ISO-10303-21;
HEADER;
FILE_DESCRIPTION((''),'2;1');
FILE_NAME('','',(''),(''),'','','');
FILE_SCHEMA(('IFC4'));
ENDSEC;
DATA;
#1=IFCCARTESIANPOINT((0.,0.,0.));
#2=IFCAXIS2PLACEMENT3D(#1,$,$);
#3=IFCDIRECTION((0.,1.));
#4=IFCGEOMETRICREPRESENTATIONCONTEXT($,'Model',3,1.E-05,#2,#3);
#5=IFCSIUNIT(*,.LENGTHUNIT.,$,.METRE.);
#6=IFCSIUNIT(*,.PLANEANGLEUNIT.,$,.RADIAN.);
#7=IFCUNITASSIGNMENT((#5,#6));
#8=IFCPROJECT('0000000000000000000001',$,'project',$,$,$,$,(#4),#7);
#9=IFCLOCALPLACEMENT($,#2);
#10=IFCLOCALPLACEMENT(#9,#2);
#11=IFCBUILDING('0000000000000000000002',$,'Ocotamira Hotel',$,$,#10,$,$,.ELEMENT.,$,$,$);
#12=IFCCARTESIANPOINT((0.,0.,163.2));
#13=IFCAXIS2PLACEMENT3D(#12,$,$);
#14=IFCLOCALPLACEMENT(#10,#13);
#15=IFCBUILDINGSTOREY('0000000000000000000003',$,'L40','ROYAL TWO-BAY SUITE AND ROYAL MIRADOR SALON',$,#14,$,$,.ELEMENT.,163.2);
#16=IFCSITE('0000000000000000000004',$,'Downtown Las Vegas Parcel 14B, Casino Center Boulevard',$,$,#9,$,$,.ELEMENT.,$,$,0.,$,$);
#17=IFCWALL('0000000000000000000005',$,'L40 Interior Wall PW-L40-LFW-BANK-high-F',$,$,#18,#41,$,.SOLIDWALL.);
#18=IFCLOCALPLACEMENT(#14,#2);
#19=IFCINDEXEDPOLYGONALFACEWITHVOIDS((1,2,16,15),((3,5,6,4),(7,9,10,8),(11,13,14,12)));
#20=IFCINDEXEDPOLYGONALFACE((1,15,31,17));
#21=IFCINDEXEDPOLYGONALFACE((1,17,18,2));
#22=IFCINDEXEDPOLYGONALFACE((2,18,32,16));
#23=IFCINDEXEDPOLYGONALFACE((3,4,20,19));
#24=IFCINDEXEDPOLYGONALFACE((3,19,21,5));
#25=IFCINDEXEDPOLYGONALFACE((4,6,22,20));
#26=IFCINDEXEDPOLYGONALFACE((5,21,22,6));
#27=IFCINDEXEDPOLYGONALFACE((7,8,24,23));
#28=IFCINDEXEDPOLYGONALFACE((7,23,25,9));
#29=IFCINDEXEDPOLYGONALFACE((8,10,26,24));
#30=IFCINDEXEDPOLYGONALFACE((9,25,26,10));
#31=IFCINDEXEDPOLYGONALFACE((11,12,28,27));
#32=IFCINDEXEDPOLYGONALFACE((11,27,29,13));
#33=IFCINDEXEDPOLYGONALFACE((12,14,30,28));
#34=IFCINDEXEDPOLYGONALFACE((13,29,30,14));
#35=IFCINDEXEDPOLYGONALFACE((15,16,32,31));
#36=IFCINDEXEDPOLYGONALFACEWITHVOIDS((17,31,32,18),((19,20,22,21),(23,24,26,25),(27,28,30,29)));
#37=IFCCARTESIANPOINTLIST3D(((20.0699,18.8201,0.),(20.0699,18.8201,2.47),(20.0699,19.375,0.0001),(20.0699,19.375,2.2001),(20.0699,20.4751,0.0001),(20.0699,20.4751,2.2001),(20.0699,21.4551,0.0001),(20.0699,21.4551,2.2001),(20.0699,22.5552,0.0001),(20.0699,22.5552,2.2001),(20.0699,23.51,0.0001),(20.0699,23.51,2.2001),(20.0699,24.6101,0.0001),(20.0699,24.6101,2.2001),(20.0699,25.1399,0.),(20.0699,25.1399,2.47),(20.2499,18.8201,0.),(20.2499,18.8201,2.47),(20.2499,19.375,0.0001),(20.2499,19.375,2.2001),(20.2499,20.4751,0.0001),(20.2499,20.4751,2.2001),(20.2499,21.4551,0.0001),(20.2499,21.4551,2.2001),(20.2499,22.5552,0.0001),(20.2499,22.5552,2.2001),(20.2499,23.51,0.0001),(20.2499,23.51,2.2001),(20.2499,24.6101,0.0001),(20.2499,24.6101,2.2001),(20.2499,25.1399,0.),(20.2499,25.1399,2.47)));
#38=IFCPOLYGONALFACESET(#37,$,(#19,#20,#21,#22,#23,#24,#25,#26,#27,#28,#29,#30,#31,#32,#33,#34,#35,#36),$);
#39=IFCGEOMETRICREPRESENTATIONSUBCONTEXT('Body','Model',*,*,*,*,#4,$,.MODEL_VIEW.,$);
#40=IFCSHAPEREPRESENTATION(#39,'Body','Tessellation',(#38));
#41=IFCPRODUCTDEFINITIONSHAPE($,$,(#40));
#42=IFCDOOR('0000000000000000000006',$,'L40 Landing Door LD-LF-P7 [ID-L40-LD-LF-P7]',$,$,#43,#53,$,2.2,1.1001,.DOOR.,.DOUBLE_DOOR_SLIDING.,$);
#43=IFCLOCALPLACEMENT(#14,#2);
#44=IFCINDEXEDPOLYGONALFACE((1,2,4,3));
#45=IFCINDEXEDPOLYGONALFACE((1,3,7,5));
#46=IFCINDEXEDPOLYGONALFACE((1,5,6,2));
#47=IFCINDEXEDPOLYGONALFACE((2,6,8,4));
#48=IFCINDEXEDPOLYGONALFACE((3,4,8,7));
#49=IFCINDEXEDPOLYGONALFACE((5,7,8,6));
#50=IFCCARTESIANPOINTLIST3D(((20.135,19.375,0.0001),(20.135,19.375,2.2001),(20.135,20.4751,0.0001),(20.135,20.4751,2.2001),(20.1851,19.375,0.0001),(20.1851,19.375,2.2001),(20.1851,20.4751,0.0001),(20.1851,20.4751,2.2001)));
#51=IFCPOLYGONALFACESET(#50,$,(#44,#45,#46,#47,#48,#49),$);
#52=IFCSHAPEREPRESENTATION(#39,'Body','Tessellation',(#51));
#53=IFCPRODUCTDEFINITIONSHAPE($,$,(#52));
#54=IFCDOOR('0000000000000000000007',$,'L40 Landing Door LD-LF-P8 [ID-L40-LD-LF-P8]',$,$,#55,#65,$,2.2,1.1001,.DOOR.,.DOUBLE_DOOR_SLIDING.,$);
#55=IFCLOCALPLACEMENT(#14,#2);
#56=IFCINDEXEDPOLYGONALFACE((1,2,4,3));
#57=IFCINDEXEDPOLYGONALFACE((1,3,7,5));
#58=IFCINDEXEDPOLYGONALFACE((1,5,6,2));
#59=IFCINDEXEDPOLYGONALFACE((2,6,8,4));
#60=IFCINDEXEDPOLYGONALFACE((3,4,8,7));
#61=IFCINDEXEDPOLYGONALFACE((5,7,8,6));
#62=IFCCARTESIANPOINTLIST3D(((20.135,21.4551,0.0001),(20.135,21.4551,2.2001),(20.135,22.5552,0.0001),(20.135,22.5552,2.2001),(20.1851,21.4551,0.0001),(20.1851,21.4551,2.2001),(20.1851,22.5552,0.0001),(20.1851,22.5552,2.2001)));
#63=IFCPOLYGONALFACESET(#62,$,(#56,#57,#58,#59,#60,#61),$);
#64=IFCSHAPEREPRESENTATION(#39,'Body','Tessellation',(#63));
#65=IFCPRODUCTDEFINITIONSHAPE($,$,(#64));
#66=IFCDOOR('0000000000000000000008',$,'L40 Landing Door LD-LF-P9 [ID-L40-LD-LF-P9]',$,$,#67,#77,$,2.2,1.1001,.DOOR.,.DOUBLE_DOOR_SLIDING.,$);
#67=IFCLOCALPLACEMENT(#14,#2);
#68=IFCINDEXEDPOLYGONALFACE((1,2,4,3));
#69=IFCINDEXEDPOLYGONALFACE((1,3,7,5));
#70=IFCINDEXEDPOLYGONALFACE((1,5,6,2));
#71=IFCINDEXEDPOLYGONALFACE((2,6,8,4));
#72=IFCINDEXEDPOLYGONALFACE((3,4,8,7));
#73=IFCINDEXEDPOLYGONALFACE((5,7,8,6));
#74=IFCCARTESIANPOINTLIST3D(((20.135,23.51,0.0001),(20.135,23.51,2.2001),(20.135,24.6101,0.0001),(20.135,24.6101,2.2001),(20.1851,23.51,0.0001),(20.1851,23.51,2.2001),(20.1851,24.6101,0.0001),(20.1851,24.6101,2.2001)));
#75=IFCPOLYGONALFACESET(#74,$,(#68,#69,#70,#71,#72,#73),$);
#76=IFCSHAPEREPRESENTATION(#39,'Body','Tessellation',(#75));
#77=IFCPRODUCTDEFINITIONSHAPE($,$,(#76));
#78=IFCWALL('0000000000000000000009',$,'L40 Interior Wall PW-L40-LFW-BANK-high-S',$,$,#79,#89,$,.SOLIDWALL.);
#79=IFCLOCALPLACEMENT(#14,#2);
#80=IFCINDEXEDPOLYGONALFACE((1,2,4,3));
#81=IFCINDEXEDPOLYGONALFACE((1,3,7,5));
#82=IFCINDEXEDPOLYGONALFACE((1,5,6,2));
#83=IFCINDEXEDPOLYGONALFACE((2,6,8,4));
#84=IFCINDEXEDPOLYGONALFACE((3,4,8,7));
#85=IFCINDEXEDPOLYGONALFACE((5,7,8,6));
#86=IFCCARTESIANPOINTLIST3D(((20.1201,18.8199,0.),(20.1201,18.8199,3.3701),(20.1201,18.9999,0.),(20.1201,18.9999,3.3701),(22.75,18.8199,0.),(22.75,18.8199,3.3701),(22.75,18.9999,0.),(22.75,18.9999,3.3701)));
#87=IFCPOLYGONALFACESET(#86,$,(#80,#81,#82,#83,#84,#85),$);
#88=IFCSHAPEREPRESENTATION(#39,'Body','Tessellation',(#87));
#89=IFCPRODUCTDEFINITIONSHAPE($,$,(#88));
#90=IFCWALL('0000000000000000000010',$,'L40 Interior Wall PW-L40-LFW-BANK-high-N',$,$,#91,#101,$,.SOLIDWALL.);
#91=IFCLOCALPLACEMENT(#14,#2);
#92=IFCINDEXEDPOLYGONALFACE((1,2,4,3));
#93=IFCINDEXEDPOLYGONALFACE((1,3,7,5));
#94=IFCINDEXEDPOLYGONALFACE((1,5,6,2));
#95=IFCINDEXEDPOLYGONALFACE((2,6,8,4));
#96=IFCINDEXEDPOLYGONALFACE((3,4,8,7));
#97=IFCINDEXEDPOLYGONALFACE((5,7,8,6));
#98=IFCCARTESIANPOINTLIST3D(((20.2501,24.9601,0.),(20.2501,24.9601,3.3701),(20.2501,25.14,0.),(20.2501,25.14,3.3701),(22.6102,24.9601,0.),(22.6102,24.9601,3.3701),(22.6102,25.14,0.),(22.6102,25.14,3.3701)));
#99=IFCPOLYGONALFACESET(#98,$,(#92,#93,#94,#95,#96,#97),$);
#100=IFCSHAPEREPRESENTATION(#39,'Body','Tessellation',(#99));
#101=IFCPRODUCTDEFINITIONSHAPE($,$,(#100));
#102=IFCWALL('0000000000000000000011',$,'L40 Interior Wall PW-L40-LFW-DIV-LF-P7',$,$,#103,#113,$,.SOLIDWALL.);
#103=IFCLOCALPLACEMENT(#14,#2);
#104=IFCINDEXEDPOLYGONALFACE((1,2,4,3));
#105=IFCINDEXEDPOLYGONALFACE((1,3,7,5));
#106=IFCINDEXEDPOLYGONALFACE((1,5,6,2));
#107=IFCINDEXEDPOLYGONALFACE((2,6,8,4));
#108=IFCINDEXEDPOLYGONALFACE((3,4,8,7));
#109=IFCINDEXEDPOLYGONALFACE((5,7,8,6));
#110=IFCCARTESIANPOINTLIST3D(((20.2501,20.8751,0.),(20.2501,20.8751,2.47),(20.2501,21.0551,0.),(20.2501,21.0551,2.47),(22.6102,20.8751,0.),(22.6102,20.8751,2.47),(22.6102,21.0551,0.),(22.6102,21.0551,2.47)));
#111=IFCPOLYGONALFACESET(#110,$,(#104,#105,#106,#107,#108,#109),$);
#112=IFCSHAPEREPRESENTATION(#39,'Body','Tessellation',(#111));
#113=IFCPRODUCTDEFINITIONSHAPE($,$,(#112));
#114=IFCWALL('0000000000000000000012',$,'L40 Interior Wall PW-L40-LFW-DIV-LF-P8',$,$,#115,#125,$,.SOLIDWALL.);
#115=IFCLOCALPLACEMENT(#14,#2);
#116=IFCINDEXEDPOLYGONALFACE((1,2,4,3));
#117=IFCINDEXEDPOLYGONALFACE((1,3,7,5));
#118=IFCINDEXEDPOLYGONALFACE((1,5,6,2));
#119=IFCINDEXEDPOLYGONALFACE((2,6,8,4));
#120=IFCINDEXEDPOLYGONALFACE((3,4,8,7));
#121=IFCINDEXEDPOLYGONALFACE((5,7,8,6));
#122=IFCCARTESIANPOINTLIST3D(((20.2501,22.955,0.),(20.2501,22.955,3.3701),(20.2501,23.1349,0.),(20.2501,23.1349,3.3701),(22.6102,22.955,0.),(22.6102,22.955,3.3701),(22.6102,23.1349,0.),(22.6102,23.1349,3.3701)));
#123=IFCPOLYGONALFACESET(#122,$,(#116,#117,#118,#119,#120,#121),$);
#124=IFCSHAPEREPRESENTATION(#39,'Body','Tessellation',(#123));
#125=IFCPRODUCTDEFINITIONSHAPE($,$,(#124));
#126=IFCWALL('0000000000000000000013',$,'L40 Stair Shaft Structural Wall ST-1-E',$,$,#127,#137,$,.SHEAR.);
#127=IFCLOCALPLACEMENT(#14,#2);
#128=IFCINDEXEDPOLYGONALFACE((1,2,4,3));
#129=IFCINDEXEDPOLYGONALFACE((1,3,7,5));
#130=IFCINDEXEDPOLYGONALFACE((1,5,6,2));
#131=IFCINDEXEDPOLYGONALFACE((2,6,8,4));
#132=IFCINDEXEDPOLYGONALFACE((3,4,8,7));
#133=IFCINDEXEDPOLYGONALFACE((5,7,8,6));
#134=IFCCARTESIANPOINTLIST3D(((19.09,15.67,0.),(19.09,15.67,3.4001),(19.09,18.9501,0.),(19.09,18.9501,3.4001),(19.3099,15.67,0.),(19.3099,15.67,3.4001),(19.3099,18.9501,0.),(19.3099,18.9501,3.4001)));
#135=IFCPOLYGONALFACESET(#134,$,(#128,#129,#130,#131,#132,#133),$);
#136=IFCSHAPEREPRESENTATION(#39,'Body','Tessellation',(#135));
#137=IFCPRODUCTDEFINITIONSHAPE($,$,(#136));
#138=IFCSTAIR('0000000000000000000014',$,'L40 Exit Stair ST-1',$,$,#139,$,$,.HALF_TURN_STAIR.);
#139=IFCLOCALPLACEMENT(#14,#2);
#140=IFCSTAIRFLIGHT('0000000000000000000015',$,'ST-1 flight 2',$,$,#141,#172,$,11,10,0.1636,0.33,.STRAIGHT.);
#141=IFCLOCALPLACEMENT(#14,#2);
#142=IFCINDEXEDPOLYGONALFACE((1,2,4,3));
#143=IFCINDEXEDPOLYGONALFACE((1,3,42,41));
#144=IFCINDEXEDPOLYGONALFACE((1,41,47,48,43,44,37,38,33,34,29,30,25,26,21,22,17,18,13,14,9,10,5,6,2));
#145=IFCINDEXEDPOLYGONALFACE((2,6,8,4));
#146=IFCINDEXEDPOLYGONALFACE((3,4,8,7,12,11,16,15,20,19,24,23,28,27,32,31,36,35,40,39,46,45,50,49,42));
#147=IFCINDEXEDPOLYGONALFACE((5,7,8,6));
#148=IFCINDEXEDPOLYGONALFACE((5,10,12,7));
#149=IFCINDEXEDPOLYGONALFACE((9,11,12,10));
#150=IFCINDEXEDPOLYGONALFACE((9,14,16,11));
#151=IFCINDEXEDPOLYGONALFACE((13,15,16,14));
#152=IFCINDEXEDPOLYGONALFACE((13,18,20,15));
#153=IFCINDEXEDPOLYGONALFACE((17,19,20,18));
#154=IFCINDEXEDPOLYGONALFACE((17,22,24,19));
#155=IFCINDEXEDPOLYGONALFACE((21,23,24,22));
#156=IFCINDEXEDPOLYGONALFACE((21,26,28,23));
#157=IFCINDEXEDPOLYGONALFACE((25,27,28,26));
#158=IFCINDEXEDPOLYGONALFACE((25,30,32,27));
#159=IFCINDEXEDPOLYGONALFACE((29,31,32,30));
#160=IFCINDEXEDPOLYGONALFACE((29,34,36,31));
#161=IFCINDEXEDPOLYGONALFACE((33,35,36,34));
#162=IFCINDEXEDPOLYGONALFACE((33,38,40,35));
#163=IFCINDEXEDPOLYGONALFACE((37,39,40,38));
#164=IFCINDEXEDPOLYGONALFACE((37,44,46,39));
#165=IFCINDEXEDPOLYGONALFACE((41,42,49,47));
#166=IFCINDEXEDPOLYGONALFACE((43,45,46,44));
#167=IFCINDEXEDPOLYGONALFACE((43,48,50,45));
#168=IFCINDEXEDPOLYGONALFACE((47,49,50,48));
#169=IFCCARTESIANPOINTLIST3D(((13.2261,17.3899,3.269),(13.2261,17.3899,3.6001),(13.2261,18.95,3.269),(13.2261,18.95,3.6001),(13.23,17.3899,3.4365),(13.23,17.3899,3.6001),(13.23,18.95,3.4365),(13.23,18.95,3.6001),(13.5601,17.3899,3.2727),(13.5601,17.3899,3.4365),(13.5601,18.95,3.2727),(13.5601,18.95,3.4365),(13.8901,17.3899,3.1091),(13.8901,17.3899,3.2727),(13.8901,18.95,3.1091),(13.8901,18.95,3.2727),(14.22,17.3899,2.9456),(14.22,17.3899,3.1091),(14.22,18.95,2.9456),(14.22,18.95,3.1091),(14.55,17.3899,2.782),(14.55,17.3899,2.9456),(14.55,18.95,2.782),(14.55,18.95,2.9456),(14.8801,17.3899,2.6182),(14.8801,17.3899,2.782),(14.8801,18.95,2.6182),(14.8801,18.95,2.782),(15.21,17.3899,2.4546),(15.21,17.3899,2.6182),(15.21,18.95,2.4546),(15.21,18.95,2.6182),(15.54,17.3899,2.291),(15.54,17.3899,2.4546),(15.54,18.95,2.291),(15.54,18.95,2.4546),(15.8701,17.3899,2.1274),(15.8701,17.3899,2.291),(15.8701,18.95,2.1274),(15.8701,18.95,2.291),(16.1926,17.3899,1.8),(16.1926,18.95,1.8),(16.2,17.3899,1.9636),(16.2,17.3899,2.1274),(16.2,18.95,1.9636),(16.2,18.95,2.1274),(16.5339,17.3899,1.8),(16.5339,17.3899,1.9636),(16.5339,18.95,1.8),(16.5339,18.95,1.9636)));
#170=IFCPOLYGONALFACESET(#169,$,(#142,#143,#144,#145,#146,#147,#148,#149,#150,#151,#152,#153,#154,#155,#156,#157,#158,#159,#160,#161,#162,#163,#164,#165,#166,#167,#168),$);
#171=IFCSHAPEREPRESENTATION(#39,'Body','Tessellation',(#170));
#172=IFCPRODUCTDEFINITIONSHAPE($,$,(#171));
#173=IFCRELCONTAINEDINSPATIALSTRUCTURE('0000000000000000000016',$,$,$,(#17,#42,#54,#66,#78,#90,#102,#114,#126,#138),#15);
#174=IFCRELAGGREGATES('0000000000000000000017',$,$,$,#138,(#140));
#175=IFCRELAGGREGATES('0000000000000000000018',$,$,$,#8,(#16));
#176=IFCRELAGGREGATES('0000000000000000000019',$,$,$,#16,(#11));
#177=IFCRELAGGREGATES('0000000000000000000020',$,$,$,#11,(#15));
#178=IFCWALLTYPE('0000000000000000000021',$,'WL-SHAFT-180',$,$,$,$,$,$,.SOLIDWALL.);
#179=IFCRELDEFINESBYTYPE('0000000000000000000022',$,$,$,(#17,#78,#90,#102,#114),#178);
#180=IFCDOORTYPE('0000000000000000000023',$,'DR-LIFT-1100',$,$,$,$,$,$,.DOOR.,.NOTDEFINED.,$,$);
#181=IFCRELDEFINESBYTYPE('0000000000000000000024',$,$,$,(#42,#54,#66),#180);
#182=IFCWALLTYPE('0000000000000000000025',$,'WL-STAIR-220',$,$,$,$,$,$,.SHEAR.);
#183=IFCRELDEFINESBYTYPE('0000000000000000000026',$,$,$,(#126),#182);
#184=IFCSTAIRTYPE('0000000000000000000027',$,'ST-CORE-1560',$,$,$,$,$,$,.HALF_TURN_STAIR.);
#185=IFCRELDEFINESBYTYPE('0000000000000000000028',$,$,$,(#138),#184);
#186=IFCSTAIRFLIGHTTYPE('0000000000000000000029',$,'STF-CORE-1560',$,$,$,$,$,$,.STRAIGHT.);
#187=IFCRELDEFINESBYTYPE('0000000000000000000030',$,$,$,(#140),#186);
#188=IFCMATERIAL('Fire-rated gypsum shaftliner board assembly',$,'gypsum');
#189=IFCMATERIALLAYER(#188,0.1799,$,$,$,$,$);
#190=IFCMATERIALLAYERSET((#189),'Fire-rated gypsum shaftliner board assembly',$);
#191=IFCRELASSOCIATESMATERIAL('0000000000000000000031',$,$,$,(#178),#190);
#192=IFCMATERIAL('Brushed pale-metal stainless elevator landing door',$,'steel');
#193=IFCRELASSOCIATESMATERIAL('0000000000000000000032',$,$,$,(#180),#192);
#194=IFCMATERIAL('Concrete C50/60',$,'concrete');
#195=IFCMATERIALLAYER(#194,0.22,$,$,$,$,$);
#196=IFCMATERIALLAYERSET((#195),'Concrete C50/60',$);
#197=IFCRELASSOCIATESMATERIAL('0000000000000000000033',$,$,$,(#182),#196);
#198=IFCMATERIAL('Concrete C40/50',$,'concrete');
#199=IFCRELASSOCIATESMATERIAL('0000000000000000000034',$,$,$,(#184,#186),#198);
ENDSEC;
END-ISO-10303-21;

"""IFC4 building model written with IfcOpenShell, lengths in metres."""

from ifc_helpers import new_model, si_unit, direction, frame, frame_2d, origin, place, context, subcontext, project, spatial, polyline, rectangle, outline, extrude, source, transform, mapped, material, layer, layer_set, type_object, element, fill, aggregate, save


model = new_model("IFC4")

# Units and contexts
model_context = context("Model", 3, precision=1e-05, world=origin(), true_north=direction((0.0, 1.0)))
body_context = subcontext(model_context, "Body", "Model", "MODEL_VIEW")
ifc_project = project(units=[si_unit("LENGTHUNIT", "METRE"), si_unit("PLANEANGLEUNIT", "RADIAN")], contexts=[model_context])

# Site, building, storey
site_placement = place(None, origin())
site = spatial("IfcSite", under=ifc_project, at=site_placement, Name="Downtown Las Vegas Parcel 14B, Casino Center Boulevard", CompositionType="ELEMENT", RefElevation=0.0)
building_placement = place(site_placement, origin())
building = spatial("IfcBuilding", under=site, at=building_placement, Name="Ocotamira Hotel", CompositionType="ELEMENT")
storey_placement = place(building_placement, frame((0.0, 0.0, 163.2)))
storey = spatial("IfcBuildingStorey", under=building, at=storey_placement, Name="L40", Description="ROYAL TWO-BAY SUITE AND ROYAL MIRADOR SALON", CompositionType="ELEMENT", Elevation=163.2)

# Shared definitions
ifc_material_1 = material(Name="Concrete C50/60", Category="concrete")

# Wall, openings, doors
ifc_material_2 = material(Name="Fire-rated gypsum shaftliner board assembly", Category="gypsum")
ifc_layer_1 = layer(ifc_material_2, 0.1799)
ifc_layer_set_1 = layer_set([ifc_layer_1], Name="Fire-rated gypsum shaftliner board assembly")
wall_type_1 = type_object("IfcWallType", Name="WL-SHAFT-180", PredefinedType="SOLIDWALL", material=ifc_layer_set_1)
wall_1_placement = place(storey_placement, frame((20.1599, 18.8201, 0.0), z_axis=(0.0, 0.0, 1.0), x_axis=(0.0, 1.0, 0.0)))
wall_1 = element("IfcWall", 1, at=wall_1_placement, inside=storey, type_object=wall_type_1, Name="L40 Interior Wall PW-L40-LFW-BANK-high-F", PredefinedType="SOLIDWALL", context=body_context, shape_type="SweptSolid", body=[
    extrude(rectangle(XDim=6.3198, YDim=0.1799, at=frame_2d((3.1599, 0.0))), origin(), (0.0, 0.0, 1.0), 2.47),
])
opening_1_placement = place(wall_1_placement, frame((0.5549, 0.0, 0.0)))
opening_1 = element("IfcOpeningElement", 2, at=opening_1_placement, cuts=wall_1, PredefinedType="OPENING", context=body_context, shape_type="SweptSolid", body=[
    extrude(rectangle(XDim=1.1001, YDim=2.2, at=frame_2d((0.55, 1.1001))), frame((0.0, 0.1001, 0.0), z_axis=(0.0, -1.0, 0.0), x_axis=(1.0, 0.0, 0.0)), (0.0, 0.0, 1.0), 0.2),
])
opening_2_placement = place(wall_1_placement, frame((2.635, 0.0, 0.0)))
opening_2 = element("IfcOpeningElement", 3, at=opening_2_placement, cuts=wall_1, PredefinedType="OPENING", context=body_context, shape_type="SweptSolid", body=[
    extrude(rectangle(XDim=1.1001, YDim=2.2, at=frame_2d((0.55, 1.1001))), frame((0.0, 0.1001, 0.0), z_axis=(0.0, -1.0, 0.0), x_axis=(1.0, 0.0, 0.0)), (0.0, 0.0, 1.0), 0.2),
])
opening_3_placement = place(wall_1_placement, frame((4.6899, 0.0, 0.0)))
opening_3 = element("IfcOpeningElement", 4, at=opening_3_placement, cuts=wall_1, PredefinedType="OPENING", context=body_context, shape_type="SweptSolid", body=[
    extrude(rectangle(XDim=1.1001, YDim=2.2, at=frame_2d((0.55, 1.1001))), frame((0.0, 0.1001, 0.0), z_axis=(0.0, -1.0, 0.0), x_axis=(1.0, 0.0, 0.0)), (0.0, 0.0, 1.0), 0.2),
])
ifc_material_3 = material(Name="Brushed pale-metal stainless elevator landing door", Category="steel")
door_type_1 = type_object("IfcDoorType", Name="DR-LIFT-1100", OperationType="NOTDEFINED", PredefinedType="DOOR", material=ifc_material_3)
shared_shape_1 = source(origin(), body_context, "Body", "SweptSolid", [
    extrude(rectangle(XDim=1.1001, YDim=2.2, at=frame_2d((0.55, 1.1001))), frame((0.0, 0.0249, 0.0), z_axis=(0.0, -1.0, 0.0), x_axis=(1.0, 0.0, 0.0)), (0.0, 0.0, 1.0), 0.05),
])
door_1_placement = place(opening_1_placement, origin())
door_1 = element("IfcDoor", 5, at=door_1_placement, inside=storey, type_object=door_type_1, Name="L40 Landing Door LD-LF-P7 [ID-L40-LD-LF-P7]", OperationType="DOUBLE_DOOR_SLIDING", OverallHeight=2.2, OverallWidth=1.1001, PredefinedType="DOOR", context=body_context, shape_type="MappedRepresentation", body=[
    mapped(shared_shape_1, transform((0.0, 0.0, 0.0), scale=1.0)),
])
fill(opening_1, door_1)
door_2_placement = place(opening_2_placement, origin())
door_2 = element("IfcDoor", 6, at=door_2_placement, inside=storey, type_object=door_type_1, Name="L40 Landing Door LD-LF-P8 [ID-L40-LD-LF-P8]", OperationType="DOUBLE_DOOR_SLIDING", OverallHeight=2.2, OverallWidth=1.1001, PredefinedType="DOOR", context=body_context, shape_type="MappedRepresentation", body=[
    mapped(shared_shape_1, transform((0.0, 0.0, 0.0), scale=1.0)),
])
fill(opening_2, door_2)
door_3_placement = place(opening_3_placement, origin())
door_3 = element("IfcDoor", 7, at=door_3_placement, inside=storey, type_object=door_type_1, Name="L40 Landing Door LD-LF-P9 [ID-L40-LD-LF-P9]", OperationType="DOUBLE_DOOR_SLIDING", OverallHeight=2.2, OverallWidth=1.1001, PredefinedType="DOOR", context=body_context, shape_type="MappedRepresentation", body=[
    mapped(shared_shape_1, transform((0.0, 0.0, 0.0), scale=1.0)),
])
fill(opening_3, door_3)

# Walls
wall_2_placement = place(storey_placement, frame((20.1201, 18.9099, 0.0), z_axis=(0.0, 0.0, 1.0), x_axis=(1.0, 0.0, 0.0)))
element("IfcWall", 8, at=wall_2_placement, inside=storey, type_object=wall_type_1, Name="L40 Interior Wall PW-L40-LFW-BANK-high-S", PredefinedType="SOLIDWALL", context=body_context, shape_type="SweptSolid", body=[
    extrude(rectangle(XDim=2.6299, YDim=0.1799, at=frame_2d((1.3149, 0.0))), origin(), (0.0, 0.0, 1.0), 3.3701),
])
wall_3_placement = place(storey_placement, frame((20.25, 25.05, 0.0), z_axis=(0.0, 0.0, 1.0), x_axis=(1.0, 0.0, 0.0)))
element("IfcWall", 9, at=wall_3_placement, inside=storey, type_object=wall_type_1, Name="L40 Interior Wall PW-L40-LFW-BANK-high-N", PredefinedType="SOLIDWALL", context=body_context, shape_type="SweptSolid", body=[
    extrude(rectangle(XDim=2.3601, YDim=0.1799, at=frame_2d((1.1802, 0.0))), origin(), (0.0, 0.0, 1.0), 3.3701),
])
wall_4_placement = place(storey_placement, frame((20.25, 20.9651, 0.0), z_axis=(0.0, 0.0, 1.0), x_axis=(1.0, 0.0, 0.0)))
element("IfcWall", 10, at=wall_4_placement, inside=storey, type_object=wall_type_1, Name="L40 Interior Wall PW-L40-LFW-DIV-LF-P7", PredefinedType="SOLIDWALL", context=body_context, shape_type="SweptSolid", body=[
    extrude(rectangle(XDim=2.3601, YDim=0.1799, at=frame_2d((1.1802, 0.0))), origin(), (0.0, 0.0, 1.0), 2.47),
])
wall_5_placement = place(storey_placement, frame((20.25, 23.0449, 0.0), z_axis=(0.0, 0.0, 1.0), x_axis=(1.0, 0.0, 0.0)))
element("IfcWall", 11, at=wall_5_placement, inside=storey, type_object=wall_type_1, Name="L40 Interior Wall PW-L40-LFW-DIV-LF-P8", PredefinedType="SOLIDWALL", context=body_context, shape_type="SweptSolid", body=[
    extrude(rectangle(XDim=2.3601, YDim=0.1799, at=frame_2d((1.1802, 0.0))), origin(), (0.0, 0.0, 1.0), 3.3701),
])
ifc_layer_2 = layer(ifc_material_1, 0.22)
ifc_layer_set_2 = layer_set([ifc_layer_2], Name="Concrete C50/60")
wall_type_2 = type_object("IfcWallType", Name="WL-STAIR-220", PredefinedType="SHEAR", material=ifc_layer_set_2)
wall_6_placement = place(storey_placement, frame((19.2, 15.6699, 0.0), z_axis=(0.0, 0.0, 1.0), x_axis=(0.0, 1.0, 0.0)))
element("IfcWall", 12, at=wall_6_placement, inside=storey, type_object=wall_type_2, Name="L40 Stair Shaft Structural Wall ST-1-E", PredefinedType="SHEAR", context=body_context, shape_type="SweptSolid", body=[
    extrude(rectangle(XDim=3.28, YDim=0.22, at=frame_2d((1.6401, 0.0))), origin(), (0.0, 0.0, 1.0), 3.4001),
])

# Stair, stair flight
ifc_material_4 = material(Name="Concrete C40/50", Category="concrete")
stair_type = type_object("IfcStairType", Name="ST-CORE-1560", PredefinedType="HALF_TURN_STAIR", material=ifc_material_4)
stair_placement = place(storey_placement, origin())
stair = element("IfcStair", 13, at=stair_placement, inside=storey, type_object=stair_type, Name="L40 Exit Stair ST-1", PredefinedType="HALF_TURN_STAIR")
stair_flight_type = type_object("IfcStairFlightType", Name="STF-CORE-1560", PredefinedType="STRAIGHT", material=ifc_material_4)
shared_shape_2 = source(origin(), body_context, "Body", "SweptSolid", [
    extrude(outline(polyline([(-0.0039, 0.0), (-0.0039, 0.1636), (0.3301, 0.1636), (0.3301, 0.3274), (0.6599, 0.3274), (0.6599, 0.491), (0.99, 0.491), (0.99, 0.6545), (1.3201, 0.6545), (1.3201, 0.8181), (1.6499, 0.8181), (1.6499, 0.9819), (1.98, 0.9819), (1.98, 1.1455), (2.3101, 1.1455), (2.3101, 1.3091), (2.6399, 1.3091), (2.6399, 1.4727), (2.97, 1.4727), (2.97, 1.6365), (3.3, 1.6365), (3.3, 1.8), (3.304, 1.8), (3.304, 1.469), (0.3374, 0.0), (-0.0039, 0.0)])), frame((0.0, 0.78, 0.0), z_axis=(0.0, -1.0, 0.0), x_axis=(1.0, 0.0, 0.0)), (0.0, 0.0, 1.0), 1.5601),
])
stair_flight_placement = place(storey_placement, frame((16.53, 18.1699, 1.8), z_axis=(0.0, 0.0, 1.0), x_axis=(-1.0, 0.0, 0.0)))
stair_flight = element("IfcStairFlight", 14, at=stair_flight_placement, type_object=stair_flight_type, Name="ST-1 flight 2", NumberOfRisers=11, NumberOfTreads=10, PredefinedType="STRAIGHT", RiserHeight=0.1636, TreadLength=0.33, context=body_context, shape_type="MappedRepresentation", body=[
    mapped(shared_shape_2, transform((0.0, 0.0, 0.0), scale=1.0)),
])
aggregate(stair, [stair_flight])

save(model, "model.ifc")
